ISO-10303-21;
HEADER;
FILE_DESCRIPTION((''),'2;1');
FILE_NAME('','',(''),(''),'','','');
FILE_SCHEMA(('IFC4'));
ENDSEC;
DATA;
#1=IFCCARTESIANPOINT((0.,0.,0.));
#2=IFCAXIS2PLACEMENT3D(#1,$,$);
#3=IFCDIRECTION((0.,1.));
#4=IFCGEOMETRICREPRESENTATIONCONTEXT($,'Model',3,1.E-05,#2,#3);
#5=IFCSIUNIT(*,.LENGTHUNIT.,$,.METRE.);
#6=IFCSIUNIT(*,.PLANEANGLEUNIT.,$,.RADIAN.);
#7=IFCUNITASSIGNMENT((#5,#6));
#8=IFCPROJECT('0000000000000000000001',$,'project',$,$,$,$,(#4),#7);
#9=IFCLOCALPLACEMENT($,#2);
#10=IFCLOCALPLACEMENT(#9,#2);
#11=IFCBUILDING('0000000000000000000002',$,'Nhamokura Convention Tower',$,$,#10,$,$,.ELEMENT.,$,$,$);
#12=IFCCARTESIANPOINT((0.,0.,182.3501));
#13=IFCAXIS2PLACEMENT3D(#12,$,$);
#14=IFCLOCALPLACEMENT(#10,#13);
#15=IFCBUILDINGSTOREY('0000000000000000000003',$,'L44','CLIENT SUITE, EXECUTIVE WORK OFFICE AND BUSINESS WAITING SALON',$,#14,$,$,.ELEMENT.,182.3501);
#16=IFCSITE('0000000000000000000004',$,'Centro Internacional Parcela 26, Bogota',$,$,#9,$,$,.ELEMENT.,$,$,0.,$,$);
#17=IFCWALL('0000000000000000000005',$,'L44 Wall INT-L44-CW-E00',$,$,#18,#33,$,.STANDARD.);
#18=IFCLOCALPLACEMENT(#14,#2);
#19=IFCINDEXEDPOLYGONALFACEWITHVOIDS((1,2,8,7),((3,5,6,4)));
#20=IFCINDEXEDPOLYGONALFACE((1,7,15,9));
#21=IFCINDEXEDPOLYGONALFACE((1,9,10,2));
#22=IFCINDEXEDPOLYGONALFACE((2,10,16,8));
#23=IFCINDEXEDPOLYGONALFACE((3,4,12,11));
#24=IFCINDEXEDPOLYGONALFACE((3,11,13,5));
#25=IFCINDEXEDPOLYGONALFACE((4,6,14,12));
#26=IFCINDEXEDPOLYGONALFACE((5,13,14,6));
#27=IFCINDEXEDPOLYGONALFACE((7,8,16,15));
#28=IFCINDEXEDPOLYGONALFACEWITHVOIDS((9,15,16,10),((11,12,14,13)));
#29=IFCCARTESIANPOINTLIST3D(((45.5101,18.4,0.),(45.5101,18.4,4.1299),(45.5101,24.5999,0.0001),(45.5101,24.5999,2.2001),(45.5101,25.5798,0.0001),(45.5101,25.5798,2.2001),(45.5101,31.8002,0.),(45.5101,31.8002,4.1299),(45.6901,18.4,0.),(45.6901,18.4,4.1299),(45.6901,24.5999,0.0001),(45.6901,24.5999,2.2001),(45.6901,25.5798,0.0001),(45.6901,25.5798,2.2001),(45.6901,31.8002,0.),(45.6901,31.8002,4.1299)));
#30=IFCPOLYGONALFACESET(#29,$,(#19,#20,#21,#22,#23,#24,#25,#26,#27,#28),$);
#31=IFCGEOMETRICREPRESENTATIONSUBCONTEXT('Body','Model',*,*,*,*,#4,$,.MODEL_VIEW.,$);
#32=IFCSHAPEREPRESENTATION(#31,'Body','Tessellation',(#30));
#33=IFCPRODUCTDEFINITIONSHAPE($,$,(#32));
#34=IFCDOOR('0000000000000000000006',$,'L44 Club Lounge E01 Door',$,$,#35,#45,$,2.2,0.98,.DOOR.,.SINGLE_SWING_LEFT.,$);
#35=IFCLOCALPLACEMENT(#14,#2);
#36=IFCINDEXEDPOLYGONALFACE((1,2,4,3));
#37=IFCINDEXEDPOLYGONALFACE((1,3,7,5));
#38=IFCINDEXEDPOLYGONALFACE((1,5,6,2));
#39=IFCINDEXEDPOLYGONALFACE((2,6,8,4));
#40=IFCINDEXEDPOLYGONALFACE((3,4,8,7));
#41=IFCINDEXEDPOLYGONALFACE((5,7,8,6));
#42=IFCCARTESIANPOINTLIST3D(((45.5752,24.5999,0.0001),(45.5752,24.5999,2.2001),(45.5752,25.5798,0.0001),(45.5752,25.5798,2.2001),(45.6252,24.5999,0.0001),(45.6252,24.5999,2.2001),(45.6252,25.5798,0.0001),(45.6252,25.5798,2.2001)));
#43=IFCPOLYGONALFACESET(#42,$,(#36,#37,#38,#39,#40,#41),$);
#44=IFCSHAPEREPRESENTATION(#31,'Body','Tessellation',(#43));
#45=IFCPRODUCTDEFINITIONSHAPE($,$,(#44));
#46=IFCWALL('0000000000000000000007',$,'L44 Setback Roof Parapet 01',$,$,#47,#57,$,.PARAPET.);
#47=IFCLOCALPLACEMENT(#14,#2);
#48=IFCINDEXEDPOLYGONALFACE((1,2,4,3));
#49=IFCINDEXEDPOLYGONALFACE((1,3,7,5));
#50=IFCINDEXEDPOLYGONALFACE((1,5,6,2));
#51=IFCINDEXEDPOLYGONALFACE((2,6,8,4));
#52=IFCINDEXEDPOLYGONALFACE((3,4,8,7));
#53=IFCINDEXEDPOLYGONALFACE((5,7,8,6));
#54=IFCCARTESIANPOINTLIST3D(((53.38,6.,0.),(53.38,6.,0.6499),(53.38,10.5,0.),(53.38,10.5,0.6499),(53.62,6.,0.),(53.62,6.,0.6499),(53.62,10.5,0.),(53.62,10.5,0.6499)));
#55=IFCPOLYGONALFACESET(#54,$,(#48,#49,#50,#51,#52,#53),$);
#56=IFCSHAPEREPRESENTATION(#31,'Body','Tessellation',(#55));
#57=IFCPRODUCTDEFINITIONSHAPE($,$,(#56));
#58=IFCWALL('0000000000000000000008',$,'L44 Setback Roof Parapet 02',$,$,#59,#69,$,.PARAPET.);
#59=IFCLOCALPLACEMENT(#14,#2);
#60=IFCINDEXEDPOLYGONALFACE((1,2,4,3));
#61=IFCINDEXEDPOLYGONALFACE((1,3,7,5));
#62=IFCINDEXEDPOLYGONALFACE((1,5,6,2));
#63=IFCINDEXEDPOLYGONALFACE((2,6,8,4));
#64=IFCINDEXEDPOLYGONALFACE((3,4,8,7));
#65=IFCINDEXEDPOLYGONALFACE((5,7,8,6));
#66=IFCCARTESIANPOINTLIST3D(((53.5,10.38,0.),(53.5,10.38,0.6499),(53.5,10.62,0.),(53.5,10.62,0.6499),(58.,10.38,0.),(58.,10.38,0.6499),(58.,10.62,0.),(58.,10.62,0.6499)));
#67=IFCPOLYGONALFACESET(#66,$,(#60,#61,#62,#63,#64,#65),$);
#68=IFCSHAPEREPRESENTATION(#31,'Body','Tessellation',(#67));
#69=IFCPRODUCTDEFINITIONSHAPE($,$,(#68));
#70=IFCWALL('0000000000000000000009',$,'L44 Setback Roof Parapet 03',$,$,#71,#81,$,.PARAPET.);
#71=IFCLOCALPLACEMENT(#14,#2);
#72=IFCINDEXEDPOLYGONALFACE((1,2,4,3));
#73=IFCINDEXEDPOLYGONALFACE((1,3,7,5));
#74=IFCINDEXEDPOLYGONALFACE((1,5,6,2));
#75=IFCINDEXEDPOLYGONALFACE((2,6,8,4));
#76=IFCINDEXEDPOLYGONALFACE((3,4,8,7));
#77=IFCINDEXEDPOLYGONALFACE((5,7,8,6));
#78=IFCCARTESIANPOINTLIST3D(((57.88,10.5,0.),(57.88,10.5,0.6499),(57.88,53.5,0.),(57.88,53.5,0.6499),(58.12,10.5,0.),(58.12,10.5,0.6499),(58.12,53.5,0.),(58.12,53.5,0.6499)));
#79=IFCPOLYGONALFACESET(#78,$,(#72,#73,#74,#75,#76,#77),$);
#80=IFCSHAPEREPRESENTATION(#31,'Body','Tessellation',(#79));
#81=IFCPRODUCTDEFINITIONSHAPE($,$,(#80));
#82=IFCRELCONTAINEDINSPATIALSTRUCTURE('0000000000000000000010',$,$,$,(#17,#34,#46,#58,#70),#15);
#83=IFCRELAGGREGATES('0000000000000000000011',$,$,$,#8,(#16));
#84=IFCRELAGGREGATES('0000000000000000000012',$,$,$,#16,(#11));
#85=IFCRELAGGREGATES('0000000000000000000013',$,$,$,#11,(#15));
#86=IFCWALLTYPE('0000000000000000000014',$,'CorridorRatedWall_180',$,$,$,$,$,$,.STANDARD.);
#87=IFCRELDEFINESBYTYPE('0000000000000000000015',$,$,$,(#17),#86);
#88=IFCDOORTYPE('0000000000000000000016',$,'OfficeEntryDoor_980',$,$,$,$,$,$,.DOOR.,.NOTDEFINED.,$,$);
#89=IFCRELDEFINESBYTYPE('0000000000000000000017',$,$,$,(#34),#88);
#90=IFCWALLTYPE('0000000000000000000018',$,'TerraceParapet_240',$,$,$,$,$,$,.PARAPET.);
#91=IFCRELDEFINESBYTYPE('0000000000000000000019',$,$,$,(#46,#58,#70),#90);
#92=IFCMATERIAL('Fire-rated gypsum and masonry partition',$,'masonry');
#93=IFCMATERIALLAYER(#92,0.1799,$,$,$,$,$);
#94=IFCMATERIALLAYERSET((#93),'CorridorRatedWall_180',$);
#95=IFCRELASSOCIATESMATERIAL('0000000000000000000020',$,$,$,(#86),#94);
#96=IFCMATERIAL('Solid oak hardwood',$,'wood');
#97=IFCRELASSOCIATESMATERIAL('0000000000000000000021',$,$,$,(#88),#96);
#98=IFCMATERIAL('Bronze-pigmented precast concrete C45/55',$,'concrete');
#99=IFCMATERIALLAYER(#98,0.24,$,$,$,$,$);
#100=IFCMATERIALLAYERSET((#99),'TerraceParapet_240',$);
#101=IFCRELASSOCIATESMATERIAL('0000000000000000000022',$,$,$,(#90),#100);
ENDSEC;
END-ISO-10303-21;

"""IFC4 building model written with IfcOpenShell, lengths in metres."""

from ifc_helpers import new_model, si_unit, direction, frame, frame_2d, origin, place, context, subcontext, project, spatial, rectangle, extrude, material, layer, layer_set, type_object, element, fill, save


model = new_model("IFC4")

# Units and contexts
model_context = context("Model", 3, precision=1e-05, world=origin(), true_north=direction((0.0, 1.0)))
body_context = subcontext(model_context, "Body", "Model", "MODEL_VIEW")
ifc_project = project(units=[si_unit("LENGTHUNIT", "METRE"), si_unit("PLANEANGLEUNIT", "RADIAN")], contexts=[model_context])

# Site, building, storey
site_placement = place(None, origin())
site = spatial("IfcSite", under=ifc_project, at=site_placement, Name="Centro Internacional Parcela 26, Bogota", CompositionType="ELEMENT", RefElevation=0.0)
building_placement = place(site_placement, origin())
building = spatial("IfcBuilding", under=site, at=building_placement, Name="Nhamokura Convention Tower", CompositionType="ELEMENT")
storey_placement = place(building_placement, frame((0.0, 0.0, 182.3501)))
storey = spatial("IfcBuildingStorey", under=building, at=storey_placement, Name="L44", Description="CLIENT SUITE, EXECUTIVE WORK OFFICE AND BUSINESS WAITING SALON", CompositionType="ELEMENT", Elevation=182.3501)

# Wall, opening, door
ifc_material_1 = material(Name="Fire-rated gypsum and masonry partition", Category="masonry")
ifc_layer_1 = layer(ifc_material_1, 0.1799)
ifc_layer_set_1 = layer_set([ifc_layer_1], Name="CorridorRatedWall_180")
wall_type_1 = type_object("IfcWallType", Name="CorridorRatedWall_180", PredefinedType="STANDARD", material=ifc_layer_set_1)
wall_1_placement = place(storey_placement, frame((45.6001, 18.3999, 0.0), z_axis=(0.0, 0.0, 1.0), x_axis=(0.0, 1.0, 0.0)))
wall_1 = element("IfcWall", 1, at=wall_1_placement, inside=storey, type_object=wall_type_1, Name="L44 Wall INT-L44-CW-E00", PredefinedType="STANDARD", context=body_context, shape_type="SweptSolid", body=[
    extrude(rectangle(XDim=13.4001, YDim=0.1799, at=frame_2d((6.7002, 0.0))), origin(), (0.0, 0.0, 1.0), 4.1299),
])
opening_1_placement = place(wall_1_placement, frame((6.2, 0.0, 0.0)))
opening_1 = element("IfcOpeningElement", 2, at=opening_1_placement, cuts=wall_1, PredefinedType="OPENING", context=body_context, shape_type="SweptSolid", body=[
    extrude(rectangle(XDim=0.98, YDim=2.2, at=frame_2d((0.49, 1.1001))), frame((0.0, 0.0999, 0.0), z_axis=(0.0, -1.0, 0.0), x_axis=(1.0, 0.0, 0.0)), (0.0, 0.0, 1.0), 0.2),
])
ifc_material_2 = material(Name="Solid oak hardwood", Category="wood")
door_type_1 = type_object("IfcDoorType", Name="OfficeEntryDoor_980", OperationType="NOTDEFINED", PredefinedType="DOOR", material=ifc_material_2)
door_1_placement = place(opening_1_placement, origin())
door_1 = element("IfcDoor", 3, at=door_1_placement, inside=storey, type_object=door_type_1, Name="L44 Club Lounge E01 Door", OperationType="SINGLE_SWING_LEFT", OverallHeight=2.2, OverallWidth=0.98, PredefinedType="DOOR", context=body_context, shape_type="SweptSolid", body=[
    extrude(rectangle(XDim=0.98, YDim=2.2, at=frame_2d((0.49, 1.1001))), frame((0.0, 0.0249, 0.0), z_axis=(0.0, -1.0, 0.0), x_axis=(1.0, 0.0, 0.0)), (0.0, 0.0, 1.0), 0.05),
])
fill(opening_1, door_1)

# Walls
ifc_material_3 = material(Name="Bronze-pigmented precast concrete C45/55", Category="concrete")
ifc_layer_2 = layer(ifc_material_3, 0.24)
ifc_layer_set_2 = layer_set([ifc_layer_2], Name="TerraceParapet_240")
wall_type_2 = type_object("IfcWallType", Name="TerraceParapet_240", PredefinedType="PARAPET", material=ifc_layer_set_2)
for number, where, z_axis, x_axis, name in (
    (4, (53.5, 6.0, 0.0), (0.0, 0.0, 1.0), (0.0, 1.0, 0.0), "L44 Setback Roof Parapet 01"),
    (5, (53.5, 10.5, 0.0), (0.0, 0.0, 1.0), (1.0, 0.0, 0.0), "L44 Setback Roof Parapet 02"),
):
    element("IfcWall", number, at=place(storey_placement, frame(where, z_axis=z_axis, x_axis=x_axis)), inside=storey, type_object=wall_type_2, Name=name, PredefinedType="PARAPET", context=body_context, shape_type="SweptSolid", body=[
        extrude(rectangle(XDim=4.5, YDim=0.24, at=frame_2d((2.25, 0.0))), origin(), (0.0, 0.0, 1.0), 0.6499),
    ])
wall_2_placement = place(storey_placement, frame((58.0, 10.5, 0.0), z_axis=(0.0, 0.0, 1.0), x_axis=(0.0, 1.0, 0.0)))
element("IfcWall", 6, at=wall_2_placement, inside=storey, type_object=wall_type_2, Name="L44 Setback Roof Parapet 03", PredefinedType="PARAPET", context=body_context, shape_type="SweptSolid", body=[
    extrude(rectangle(XDim=43.0, YDim=0.24, at=frame_2d((21.5, 0.0))), origin(), (0.0, 0.0, 1.0), 0.6499),
])

save(model, "model.ifc")
